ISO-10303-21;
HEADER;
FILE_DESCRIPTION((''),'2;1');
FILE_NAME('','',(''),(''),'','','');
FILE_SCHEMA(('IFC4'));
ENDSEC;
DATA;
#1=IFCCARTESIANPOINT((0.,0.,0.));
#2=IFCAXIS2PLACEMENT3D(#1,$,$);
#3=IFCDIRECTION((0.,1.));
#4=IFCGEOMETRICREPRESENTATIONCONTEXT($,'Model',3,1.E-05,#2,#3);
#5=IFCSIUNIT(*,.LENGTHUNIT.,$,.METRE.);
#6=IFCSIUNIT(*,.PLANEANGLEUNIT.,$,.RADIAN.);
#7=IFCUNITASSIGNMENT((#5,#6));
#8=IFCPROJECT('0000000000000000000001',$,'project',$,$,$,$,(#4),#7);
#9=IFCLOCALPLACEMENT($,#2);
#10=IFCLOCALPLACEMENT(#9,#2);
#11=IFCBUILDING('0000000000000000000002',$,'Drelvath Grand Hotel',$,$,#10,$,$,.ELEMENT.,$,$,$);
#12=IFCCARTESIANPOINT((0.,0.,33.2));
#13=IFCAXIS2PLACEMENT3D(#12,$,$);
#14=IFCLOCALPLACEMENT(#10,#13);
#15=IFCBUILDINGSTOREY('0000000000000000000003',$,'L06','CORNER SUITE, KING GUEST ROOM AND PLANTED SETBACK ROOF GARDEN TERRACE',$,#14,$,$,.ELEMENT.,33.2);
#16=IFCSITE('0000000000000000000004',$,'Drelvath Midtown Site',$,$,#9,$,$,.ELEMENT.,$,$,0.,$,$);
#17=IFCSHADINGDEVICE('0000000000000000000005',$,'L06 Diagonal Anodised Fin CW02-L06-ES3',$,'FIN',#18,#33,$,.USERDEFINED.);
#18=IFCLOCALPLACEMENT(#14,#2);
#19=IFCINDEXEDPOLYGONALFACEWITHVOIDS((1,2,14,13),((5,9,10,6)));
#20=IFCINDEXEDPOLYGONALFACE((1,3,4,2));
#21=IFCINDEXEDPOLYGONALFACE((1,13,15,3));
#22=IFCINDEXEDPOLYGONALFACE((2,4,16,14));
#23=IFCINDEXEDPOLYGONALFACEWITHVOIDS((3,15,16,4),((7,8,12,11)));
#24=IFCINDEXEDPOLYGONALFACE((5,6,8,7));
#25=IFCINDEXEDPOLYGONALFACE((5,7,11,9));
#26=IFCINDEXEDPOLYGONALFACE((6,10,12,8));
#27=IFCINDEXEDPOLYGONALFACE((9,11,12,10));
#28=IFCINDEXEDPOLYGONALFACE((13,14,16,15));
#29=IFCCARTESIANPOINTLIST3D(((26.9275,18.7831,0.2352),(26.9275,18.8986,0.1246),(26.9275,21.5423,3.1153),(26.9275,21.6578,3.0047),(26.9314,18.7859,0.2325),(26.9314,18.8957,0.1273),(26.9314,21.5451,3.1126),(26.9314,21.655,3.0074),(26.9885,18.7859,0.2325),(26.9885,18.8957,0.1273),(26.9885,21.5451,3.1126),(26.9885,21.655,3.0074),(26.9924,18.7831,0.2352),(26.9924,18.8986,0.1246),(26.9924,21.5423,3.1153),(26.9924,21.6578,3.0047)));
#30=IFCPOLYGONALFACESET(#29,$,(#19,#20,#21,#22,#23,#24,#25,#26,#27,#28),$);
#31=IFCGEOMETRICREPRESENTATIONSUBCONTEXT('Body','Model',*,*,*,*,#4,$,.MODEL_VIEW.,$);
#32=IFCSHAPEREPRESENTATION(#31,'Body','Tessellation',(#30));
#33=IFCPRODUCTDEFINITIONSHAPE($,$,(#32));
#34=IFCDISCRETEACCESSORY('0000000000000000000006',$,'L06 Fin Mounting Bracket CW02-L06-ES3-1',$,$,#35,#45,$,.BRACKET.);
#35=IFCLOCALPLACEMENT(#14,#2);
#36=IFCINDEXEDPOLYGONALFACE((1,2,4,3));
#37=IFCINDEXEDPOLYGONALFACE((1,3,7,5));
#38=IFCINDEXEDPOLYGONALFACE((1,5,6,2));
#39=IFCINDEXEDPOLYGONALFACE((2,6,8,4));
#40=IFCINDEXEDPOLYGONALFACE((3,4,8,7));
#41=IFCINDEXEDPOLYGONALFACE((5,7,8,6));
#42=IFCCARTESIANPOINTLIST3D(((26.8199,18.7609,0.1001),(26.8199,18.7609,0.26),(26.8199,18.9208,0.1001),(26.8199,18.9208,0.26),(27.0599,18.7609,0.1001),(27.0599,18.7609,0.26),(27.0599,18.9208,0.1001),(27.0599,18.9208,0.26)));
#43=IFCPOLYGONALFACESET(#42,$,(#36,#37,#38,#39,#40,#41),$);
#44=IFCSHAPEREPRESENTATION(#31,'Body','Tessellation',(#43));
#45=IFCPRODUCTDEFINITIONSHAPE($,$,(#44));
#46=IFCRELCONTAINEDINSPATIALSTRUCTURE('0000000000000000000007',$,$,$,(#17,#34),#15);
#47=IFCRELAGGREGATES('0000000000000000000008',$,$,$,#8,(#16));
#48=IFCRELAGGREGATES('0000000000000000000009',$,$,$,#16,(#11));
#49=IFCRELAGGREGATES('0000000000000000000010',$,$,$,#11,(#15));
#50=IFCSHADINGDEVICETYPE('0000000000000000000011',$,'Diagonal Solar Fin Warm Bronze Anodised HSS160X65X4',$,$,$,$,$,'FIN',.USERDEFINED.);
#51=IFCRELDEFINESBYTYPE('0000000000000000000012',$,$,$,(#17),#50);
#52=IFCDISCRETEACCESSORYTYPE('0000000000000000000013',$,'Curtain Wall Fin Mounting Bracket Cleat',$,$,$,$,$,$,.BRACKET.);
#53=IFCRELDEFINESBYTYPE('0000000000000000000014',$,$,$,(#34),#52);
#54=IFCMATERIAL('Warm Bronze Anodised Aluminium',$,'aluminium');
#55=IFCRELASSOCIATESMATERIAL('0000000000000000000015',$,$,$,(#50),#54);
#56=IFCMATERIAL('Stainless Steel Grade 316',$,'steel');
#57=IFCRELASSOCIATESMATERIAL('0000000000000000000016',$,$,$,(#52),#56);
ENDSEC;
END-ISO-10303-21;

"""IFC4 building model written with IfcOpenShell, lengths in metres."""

from ifc_helpers import new_model, si_unit, direction, frame, origin, origin_2d, place, context, subcontext, project, spatial, rectangle, hollow_rectangle, extrude, material, material_profile, profile_set, type_object, element, save


model = new_model("IFC4")

# Units and contexts
model_context = context("Model", 3, precision=1e-05, world=origin(), true_north=direction((0.0, 1.0)))
body_context = subcontext(model_context, "Body", "Model", "MODEL_VIEW")
ifc_project = project(units=[si_unit("LENGTHUNIT", "METRE"), si_unit("PLANEANGLEUNIT", "RADIAN")], contexts=[model_context])

# Site, building, storey
site_placement = place(None, origin())
site = spatial("IfcSite", under=ifc_project, at=site_placement, Name="Drelvath Midtown Site", CompositionType="ELEMENT", RefElevation=0.0)
building_placement = place(site_placement, origin())
building = spatial("IfcBuilding", under=site, at=building_placement, Name="Drelvath Grand Hotel", CompositionType="ELEMENT")
storey_placement = place(building_placement, frame((0.0, 0.0, 33.2)))
storey = spatial("IfcBuildingStorey", under=building, at=storey_placement, Name="L06", Description="CORNER SUITE, KING GUEST ROOM AND PLANTED SETBACK ROOF GARDEN TERRACE", CompositionType="ELEMENT", Elevation=33.2)

# Shading device
ifc_material_1 = material(Name="Warm Bronze Anodised Aluminium", Category="aluminium")
ifc_material_profile_1 = material_profile(ifc_material_1, hollow_rectangle(XDim=0.0649, YDim=0.1599, WallThickness=0.0039, at=origin_2d()), Name="HSS160X65X4")
ifc_profile_set_1 = profile_set([ifc_material_profile_1], Name="Warm Bronze Anodised Aluminium")
shading_device_type = type_object("IfcShadingDeviceType", Name="Diagonal Solar Fin Warm Bronze Anodised HSS160X65X4", ElementType="FIN", PredefinedType="USERDEFINED", material=ifc_profile_set_1)
shading_device_placement = place(storey_placement, frame((26.96, 18.8408, 0.1799), z_axis=(0.0, 0.691795, 0.722094), x_axis=(-1.0, 0.0, 0.0)))
element("IfcShadingDevice", 1, at=shading_device_placement, inside=storey, type_object=shading_device_type, Name="L06 Diagonal Anodised Fin CW02-L06-ES3", ObjectType="FIN", PredefinedType="USERDEFINED", context=body_context, shape_type="SweptSolid", body=[
    extrude(hollow_rectangle(XDim=0.0649, YDim=0.1599, WallThickness=0.0039, at=origin_2d()), origin(), (0.0, 0.0, 1.0), 3.9885),
])

# Discrete accessory
ifc_material_2 = material(Name="Stainless Steel Grade 316", Category="steel")
discrete_accessory_type = type_object("IfcDiscreteAccessoryType", Name="Curtain Wall Fin Mounting Bracket Cleat", PredefinedType="BRACKET", material=ifc_material_2)
discrete_accessory_placement = place(storey_placement, frame((26.9399, 18.8408, 0.1001), z_axis=(0.0, 0.0, 1.0), x_axis=(0.0, -1.0, 0.0)))
element("IfcDiscreteAccessory", 2, at=discrete_accessory_placement, inside=storey, type_object=discrete_accessory_type, Name="L06 Fin Mounting Bracket CW02-L06-ES3-1", PredefinedType="BRACKET", context=body_context, shape_type="SweptSolid", body=[
    extrude(rectangle(XDim=0.1599, YDim=0.24, at=origin_2d()), origin(), (0.0, 0.0, 1.0), 0.1599),
])

save(model, "model.ifc")
